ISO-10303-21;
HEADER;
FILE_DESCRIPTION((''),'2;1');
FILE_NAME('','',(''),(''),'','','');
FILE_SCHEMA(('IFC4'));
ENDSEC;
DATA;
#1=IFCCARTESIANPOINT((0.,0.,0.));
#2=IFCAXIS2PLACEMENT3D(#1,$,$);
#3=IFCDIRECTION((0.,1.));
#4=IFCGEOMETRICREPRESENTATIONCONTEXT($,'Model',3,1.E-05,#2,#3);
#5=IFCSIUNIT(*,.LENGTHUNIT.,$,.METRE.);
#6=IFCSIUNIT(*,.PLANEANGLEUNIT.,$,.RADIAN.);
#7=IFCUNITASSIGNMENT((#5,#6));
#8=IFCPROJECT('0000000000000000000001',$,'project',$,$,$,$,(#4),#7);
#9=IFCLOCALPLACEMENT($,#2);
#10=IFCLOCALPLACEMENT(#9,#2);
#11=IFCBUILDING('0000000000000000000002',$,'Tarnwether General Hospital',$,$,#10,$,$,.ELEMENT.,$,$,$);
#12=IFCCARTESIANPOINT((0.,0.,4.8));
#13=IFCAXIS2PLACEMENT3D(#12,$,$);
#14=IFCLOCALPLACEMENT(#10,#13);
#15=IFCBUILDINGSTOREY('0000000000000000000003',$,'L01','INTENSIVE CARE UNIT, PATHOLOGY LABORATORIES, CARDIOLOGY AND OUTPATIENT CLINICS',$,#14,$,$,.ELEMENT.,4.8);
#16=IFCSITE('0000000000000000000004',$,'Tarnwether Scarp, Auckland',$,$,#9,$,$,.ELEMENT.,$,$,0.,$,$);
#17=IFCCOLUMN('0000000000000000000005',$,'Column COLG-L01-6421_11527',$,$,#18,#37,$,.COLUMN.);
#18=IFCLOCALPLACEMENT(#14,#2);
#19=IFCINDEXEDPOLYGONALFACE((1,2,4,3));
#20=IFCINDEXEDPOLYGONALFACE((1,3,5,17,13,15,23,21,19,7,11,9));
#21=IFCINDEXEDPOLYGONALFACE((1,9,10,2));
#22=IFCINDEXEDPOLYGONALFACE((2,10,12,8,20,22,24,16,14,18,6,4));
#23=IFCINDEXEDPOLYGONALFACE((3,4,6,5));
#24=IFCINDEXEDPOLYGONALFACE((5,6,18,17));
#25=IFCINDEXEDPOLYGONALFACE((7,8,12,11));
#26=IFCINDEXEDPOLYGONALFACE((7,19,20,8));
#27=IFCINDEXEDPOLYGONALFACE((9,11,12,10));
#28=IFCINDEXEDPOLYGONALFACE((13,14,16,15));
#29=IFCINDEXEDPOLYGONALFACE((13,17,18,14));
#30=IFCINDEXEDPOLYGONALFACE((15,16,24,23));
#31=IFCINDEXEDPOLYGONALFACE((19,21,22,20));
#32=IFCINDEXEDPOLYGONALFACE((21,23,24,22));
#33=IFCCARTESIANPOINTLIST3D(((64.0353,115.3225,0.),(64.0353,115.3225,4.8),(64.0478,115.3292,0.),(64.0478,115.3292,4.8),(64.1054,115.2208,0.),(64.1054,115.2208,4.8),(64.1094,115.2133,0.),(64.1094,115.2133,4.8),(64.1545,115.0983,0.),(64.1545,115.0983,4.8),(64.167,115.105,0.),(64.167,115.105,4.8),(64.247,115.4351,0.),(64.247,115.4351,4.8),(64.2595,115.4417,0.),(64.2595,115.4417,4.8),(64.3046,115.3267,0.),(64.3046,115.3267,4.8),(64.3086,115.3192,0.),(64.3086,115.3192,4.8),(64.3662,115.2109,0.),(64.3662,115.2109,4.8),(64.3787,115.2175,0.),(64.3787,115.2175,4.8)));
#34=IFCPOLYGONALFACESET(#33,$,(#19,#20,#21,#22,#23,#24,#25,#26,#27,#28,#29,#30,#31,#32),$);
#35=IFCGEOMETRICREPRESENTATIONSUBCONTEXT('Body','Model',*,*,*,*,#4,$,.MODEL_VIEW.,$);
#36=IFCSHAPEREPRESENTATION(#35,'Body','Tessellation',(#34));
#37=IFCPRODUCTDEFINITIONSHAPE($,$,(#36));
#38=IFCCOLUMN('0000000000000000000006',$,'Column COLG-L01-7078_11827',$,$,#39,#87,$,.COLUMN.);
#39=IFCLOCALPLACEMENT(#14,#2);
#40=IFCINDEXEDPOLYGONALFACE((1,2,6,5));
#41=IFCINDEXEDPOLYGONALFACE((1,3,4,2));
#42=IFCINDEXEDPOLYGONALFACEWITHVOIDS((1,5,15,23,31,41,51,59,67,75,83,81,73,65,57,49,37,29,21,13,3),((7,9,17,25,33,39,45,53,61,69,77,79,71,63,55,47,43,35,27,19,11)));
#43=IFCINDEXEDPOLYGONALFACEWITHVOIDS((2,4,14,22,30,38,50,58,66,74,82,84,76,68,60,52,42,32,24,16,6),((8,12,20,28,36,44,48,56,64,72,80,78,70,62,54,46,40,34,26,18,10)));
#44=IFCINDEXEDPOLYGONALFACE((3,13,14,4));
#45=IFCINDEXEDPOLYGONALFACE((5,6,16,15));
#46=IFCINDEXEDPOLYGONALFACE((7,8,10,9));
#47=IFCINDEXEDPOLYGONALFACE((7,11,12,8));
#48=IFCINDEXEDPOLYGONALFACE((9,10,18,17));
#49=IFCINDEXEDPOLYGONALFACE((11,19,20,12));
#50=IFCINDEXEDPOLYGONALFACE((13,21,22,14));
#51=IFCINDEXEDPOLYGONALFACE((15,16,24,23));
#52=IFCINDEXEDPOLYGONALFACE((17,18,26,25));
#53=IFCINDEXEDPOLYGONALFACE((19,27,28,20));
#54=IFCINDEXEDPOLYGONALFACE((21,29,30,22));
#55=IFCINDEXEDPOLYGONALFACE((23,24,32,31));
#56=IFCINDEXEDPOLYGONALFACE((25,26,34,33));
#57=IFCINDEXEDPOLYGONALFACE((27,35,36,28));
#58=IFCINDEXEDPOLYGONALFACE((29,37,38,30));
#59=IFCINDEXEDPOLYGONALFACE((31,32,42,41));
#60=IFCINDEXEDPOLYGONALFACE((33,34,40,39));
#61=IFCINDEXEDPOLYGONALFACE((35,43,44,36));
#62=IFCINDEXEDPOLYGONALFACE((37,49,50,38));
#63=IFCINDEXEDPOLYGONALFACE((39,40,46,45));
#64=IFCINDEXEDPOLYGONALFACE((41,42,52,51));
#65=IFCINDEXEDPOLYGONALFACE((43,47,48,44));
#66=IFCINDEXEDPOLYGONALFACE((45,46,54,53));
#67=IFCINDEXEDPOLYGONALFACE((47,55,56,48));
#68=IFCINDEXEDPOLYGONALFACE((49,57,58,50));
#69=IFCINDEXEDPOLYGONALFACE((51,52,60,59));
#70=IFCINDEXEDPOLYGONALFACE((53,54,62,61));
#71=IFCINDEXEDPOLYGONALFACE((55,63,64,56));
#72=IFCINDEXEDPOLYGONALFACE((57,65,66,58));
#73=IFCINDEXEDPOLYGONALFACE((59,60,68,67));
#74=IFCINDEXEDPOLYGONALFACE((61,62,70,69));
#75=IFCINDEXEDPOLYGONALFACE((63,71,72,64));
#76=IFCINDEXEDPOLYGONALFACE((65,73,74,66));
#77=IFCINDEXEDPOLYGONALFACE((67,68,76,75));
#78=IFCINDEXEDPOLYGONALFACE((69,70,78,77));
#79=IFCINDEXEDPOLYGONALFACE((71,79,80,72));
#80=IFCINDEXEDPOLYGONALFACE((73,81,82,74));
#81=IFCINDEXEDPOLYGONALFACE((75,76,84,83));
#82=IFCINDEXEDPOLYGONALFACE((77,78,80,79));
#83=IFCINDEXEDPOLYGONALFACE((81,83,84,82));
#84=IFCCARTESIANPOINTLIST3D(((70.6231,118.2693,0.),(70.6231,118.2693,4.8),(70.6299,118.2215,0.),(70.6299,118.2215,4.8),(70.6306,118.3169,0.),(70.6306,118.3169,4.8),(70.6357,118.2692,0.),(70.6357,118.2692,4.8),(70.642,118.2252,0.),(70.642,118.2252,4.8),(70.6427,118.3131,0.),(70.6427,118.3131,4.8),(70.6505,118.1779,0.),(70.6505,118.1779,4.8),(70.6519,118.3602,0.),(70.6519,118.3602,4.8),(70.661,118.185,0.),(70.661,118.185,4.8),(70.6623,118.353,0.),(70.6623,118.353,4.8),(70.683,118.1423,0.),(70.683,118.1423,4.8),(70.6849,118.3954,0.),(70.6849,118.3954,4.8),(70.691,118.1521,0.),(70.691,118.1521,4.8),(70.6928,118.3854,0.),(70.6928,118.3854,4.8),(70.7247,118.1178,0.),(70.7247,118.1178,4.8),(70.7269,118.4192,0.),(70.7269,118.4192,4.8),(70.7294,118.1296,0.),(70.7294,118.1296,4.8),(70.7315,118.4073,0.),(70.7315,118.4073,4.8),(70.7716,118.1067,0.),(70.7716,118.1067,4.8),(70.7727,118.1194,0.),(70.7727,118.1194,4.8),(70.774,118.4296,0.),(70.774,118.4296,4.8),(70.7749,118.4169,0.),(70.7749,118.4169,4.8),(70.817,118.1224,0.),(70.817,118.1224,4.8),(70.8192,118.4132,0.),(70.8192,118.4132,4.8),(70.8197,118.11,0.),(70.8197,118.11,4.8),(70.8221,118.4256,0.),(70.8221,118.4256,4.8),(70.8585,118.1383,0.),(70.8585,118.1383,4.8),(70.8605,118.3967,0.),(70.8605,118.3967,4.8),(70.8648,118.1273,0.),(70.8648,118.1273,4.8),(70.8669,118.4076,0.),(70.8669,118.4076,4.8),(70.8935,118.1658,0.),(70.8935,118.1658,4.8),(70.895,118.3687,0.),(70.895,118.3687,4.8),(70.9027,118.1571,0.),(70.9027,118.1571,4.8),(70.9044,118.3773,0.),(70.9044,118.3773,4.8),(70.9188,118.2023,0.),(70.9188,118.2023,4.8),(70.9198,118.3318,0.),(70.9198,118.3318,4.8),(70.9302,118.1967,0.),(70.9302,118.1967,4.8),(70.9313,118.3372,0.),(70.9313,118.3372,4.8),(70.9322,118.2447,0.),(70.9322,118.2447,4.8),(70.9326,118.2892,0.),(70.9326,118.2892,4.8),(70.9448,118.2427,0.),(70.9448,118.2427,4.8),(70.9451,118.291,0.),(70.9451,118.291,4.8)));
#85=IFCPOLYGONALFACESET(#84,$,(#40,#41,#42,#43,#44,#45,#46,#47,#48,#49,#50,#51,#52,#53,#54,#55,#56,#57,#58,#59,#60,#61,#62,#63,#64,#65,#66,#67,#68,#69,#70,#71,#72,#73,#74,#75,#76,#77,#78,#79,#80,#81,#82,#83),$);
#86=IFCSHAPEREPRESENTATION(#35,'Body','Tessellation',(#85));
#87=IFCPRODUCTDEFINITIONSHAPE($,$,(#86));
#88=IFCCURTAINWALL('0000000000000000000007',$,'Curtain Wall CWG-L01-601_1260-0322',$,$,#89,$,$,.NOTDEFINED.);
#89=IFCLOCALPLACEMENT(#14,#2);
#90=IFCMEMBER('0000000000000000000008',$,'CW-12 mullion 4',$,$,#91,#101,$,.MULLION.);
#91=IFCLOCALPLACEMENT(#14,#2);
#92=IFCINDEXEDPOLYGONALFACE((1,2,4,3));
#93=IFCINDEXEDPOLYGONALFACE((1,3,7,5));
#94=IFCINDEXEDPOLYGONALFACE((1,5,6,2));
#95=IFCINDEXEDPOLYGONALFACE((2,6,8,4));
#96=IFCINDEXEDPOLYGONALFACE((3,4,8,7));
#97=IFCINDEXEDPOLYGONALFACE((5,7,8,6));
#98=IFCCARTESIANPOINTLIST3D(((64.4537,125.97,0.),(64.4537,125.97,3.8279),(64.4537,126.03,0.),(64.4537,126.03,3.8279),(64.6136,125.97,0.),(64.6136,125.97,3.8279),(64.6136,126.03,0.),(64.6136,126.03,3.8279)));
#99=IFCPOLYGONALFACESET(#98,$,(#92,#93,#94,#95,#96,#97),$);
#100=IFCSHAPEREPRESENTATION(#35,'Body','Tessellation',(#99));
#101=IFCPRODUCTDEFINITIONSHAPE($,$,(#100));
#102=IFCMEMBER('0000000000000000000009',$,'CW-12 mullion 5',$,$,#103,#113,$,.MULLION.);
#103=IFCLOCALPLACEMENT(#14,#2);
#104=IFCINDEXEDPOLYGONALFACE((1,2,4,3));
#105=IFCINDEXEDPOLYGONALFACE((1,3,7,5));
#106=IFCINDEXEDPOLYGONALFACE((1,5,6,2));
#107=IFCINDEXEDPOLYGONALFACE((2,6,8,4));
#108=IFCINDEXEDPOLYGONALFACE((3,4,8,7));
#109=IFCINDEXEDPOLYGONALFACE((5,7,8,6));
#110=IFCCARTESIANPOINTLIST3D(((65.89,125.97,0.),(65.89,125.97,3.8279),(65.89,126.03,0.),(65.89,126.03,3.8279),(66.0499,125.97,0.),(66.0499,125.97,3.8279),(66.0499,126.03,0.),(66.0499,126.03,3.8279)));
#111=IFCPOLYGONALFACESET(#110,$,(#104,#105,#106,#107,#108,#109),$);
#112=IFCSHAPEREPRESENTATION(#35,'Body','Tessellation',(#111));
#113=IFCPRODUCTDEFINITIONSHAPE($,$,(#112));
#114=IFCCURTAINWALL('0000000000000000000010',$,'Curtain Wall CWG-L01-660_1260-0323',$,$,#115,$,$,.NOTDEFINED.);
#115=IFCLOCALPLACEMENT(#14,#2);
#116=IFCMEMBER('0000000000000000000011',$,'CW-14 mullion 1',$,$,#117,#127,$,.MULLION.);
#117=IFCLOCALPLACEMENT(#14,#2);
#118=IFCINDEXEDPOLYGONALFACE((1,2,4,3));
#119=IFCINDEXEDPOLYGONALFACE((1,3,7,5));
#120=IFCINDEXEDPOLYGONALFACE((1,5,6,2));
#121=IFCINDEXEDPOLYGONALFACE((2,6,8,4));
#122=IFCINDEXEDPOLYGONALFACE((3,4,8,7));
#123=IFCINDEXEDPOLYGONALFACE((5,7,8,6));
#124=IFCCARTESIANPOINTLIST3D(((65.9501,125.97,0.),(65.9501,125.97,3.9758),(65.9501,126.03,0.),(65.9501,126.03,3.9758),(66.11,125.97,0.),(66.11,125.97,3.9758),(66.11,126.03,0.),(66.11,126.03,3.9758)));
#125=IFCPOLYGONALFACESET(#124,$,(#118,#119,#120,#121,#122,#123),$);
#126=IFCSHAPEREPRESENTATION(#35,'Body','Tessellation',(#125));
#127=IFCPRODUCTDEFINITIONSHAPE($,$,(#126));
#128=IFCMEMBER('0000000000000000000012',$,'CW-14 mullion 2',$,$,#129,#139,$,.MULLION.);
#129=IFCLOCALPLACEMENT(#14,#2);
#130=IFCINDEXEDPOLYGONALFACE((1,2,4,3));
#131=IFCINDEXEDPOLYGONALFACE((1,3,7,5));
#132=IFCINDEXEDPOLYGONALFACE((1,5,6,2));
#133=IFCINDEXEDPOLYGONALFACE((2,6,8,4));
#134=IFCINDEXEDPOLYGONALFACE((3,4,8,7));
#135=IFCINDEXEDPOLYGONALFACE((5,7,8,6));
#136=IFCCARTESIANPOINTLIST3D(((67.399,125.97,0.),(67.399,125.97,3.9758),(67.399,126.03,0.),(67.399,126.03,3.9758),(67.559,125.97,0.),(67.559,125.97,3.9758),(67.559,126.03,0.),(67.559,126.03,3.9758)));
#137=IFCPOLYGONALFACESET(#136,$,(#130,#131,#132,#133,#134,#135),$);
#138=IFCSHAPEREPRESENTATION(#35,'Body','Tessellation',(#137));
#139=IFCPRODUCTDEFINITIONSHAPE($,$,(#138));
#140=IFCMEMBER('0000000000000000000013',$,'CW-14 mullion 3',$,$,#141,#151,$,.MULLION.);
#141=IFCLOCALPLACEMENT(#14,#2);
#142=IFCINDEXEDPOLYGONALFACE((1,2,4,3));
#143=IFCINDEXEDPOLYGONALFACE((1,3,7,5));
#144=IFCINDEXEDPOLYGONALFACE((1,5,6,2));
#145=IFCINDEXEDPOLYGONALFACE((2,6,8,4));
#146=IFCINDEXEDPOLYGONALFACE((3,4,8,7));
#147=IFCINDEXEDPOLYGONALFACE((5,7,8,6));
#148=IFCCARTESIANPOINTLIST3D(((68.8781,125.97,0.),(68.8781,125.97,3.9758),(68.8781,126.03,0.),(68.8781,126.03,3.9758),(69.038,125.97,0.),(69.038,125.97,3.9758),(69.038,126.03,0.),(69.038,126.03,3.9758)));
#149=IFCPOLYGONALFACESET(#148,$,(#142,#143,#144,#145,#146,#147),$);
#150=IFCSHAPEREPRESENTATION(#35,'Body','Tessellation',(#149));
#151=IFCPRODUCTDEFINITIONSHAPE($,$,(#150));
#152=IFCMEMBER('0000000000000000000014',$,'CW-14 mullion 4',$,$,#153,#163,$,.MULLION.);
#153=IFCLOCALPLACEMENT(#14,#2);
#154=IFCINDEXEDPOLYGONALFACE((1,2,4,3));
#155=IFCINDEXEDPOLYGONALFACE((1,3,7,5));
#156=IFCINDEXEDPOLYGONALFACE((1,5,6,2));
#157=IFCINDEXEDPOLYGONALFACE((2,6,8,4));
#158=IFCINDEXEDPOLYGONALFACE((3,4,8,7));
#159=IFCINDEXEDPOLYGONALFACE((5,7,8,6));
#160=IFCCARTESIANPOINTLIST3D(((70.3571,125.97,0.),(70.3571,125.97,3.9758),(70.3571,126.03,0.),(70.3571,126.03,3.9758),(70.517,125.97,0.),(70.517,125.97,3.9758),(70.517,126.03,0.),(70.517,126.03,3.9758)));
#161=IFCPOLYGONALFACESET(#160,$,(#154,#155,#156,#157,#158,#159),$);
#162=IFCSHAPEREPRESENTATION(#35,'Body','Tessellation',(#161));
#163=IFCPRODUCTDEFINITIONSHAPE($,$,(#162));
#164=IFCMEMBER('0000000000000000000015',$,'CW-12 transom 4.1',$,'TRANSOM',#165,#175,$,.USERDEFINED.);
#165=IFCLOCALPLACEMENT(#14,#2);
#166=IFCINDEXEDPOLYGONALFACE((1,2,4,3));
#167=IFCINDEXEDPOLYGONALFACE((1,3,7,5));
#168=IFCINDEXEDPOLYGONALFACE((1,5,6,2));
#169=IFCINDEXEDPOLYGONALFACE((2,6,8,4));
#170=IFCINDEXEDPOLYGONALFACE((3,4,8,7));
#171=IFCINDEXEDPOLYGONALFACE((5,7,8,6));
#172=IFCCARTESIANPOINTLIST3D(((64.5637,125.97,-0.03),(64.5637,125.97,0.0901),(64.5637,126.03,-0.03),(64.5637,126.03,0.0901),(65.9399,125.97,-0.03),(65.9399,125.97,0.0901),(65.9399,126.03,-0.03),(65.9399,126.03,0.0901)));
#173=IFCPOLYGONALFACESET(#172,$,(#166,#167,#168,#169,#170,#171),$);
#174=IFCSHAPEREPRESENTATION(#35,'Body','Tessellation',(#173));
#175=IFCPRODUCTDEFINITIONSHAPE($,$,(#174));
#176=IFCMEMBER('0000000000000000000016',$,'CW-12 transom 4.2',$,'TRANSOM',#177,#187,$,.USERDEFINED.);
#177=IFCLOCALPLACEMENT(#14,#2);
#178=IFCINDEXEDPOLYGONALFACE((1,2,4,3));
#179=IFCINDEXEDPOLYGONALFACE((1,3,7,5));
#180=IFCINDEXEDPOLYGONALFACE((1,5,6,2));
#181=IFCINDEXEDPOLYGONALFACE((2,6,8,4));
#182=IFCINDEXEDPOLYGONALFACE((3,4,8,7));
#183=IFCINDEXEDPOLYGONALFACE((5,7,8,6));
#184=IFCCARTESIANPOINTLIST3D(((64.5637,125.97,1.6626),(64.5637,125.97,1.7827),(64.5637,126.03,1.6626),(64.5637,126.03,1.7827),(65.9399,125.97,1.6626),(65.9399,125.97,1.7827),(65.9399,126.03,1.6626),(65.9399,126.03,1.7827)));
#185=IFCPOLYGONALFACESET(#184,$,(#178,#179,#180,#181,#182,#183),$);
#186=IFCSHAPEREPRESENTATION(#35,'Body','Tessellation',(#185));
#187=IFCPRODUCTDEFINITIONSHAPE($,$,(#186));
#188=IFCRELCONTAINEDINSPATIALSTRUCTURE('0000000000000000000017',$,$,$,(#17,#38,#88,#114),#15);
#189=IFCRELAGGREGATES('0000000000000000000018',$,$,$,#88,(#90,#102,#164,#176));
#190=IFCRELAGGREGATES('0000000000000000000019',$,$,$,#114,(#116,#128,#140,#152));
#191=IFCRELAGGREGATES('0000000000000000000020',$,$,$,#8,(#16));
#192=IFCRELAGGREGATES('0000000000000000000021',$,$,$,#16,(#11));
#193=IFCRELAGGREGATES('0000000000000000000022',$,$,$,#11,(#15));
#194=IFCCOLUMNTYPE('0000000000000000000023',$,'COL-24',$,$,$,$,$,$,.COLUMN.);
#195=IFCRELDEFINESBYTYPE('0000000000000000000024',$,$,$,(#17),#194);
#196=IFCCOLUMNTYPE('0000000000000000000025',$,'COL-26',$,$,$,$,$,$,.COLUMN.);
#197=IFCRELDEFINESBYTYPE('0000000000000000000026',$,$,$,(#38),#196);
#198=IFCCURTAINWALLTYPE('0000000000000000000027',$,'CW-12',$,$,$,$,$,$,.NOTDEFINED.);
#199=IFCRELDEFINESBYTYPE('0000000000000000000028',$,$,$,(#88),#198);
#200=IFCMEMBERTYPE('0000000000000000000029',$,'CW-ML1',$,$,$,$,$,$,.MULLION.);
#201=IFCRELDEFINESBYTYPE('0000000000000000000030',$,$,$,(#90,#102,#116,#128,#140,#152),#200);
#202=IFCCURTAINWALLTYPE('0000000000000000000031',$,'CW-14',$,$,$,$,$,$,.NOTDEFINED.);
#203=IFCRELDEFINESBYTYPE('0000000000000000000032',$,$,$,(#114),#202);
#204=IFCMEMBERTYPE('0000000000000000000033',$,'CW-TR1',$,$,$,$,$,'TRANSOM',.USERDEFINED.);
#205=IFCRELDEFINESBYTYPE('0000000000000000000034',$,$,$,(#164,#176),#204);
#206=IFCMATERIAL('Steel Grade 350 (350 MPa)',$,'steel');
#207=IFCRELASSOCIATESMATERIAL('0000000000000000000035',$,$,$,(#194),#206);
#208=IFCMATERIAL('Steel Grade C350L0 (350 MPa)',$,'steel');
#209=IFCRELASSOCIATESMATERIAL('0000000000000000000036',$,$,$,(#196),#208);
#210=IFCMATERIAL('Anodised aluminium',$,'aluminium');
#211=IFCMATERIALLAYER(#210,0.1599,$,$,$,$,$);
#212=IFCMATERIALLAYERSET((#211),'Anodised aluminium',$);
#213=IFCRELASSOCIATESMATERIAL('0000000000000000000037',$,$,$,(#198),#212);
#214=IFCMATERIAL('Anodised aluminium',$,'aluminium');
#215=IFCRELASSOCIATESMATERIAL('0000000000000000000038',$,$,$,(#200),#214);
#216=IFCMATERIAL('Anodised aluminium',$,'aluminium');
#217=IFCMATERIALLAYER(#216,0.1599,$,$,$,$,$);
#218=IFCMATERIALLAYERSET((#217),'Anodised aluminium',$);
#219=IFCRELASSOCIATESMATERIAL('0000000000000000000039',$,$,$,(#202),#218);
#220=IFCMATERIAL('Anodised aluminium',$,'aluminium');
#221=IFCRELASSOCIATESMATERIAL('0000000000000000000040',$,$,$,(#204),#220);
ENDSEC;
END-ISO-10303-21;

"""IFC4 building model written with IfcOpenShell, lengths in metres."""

from ifc_helpers import new_model, si_unit, direction, frame, origin, origin_2d, place, context, subcontext, project, spatial, rectangle, hollow_circle, i_section, extrude, material, layer, layer_set, material_profile, profile_set, type_object, element, aggregate, save


model = new_model("IFC4")

# Units and contexts
model_context = context("Model", 3, precision=1e-05, world=origin(), true_north=direction((0.0, 1.0)))
body_context = subcontext(model_context, "Body", "Model", "MODEL_VIEW")
ifc_project = project(units=[si_unit("LENGTHUNIT", "METRE"), si_unit("PLANEANGLEUNIT", "RADIAN")], contexts=[model_context])

# Site, building, storey
site_placement = place(None, origin())
site = spatial("IfcSite", under=ifc_project, at=site_placement, Name="Tarnwether Scarp, Auckland", CompositionType="ELEMENT", RefElevation=0.0)
building_placement = place(site_placement, origin())
building = spatial("IfcBuilding", under=site, at=building_placement, Name="Tarnwether General Hospital", CompositionType="ELEMENT")
storey_placement = place(building_placement, frame((0.0, 0.0, 4.8)))
storey = spatial("IfcBuildingStorey", under=building, at=storey_placement, Name="L01", Description="INTENSIVE CARE UNIT, PATHOLOGY LABORATORIES, CARDIOLOGY AND OUTPATIENT CLINICS", CompositionType="ELEMENT", Elevation=4.8)

# Columns
ifc_material_1 = material(Name="Steel Grade 350 (350 MPa)", Category="steel")
ifc_material_profile_1 = material_profile(ifc_material_1, i_section(OverallWidth=0.2539, OverallDepth=0.2539, WebThickness=0.0085, FlangeThickness=0.0142, at=origin_2d()), Name="250UC72.9")
ifc_profile_set_1 = profile_set([ifc_material_profile_1], Name="Steel Grade 350 (350 MPa)")
column_type_1 = type_object("IfcColumnType", Name="COL-24", PredefinedType="COLUMN", material=ifc_profile_set_1)
column_1_placement = place(storey_placement, frame((64.207, 115.27, 0.0), z_axis=(0.0, 0.0, 1.0), x_axis=(-0.469472, 0.882948, 0.0)))
element("IfcColumn", 1, at=column_1_placement, inside=storey, type_object=column_type_1, Name="Column COLG-L01-6421_11527", PredefinedType="COLUMN", context=body_context, shape_type="SweptSolid", body=[
    extrude(i_section(OverallWidth=0.2539, OverallDepth=0.2539, WebThickness=0.0085, FlangeThickness=0.0142, at=origin_2d()), origin(), (0.0, 0.0, 1.0), 4.8),
])
ifc_material_2 = material(Name="Steel Grade C350L0 (350 MPa)", Category="steel")
ifc_material_profile_2 = material_profile(ifc_material_2, hollow_circle(Radius=0.1619, WallThickness=0.0127, at=origin_2d()), Name="CHS323.9x12.7")
ifc_profile_set_2 = profile_set([ifc_material_profile_2], Name="Steel Grade C350L0 (350 MPa)")
column_type_2 = type_object("IfcColumnType", Name="COL-26", PredefinedType="COLUMN", material=ifc_profile_set_2)
column_2_placement = place(storey_placement, frame((70.7849, 118.2681, 0.0), z_axis=(0.0, 0.0, 1.0), x_axis=(-0.358368, 0.93358, 0.0)))
element("IfcColumn", 2, at=column_2_placement, inside=storey, type_object=column_type_2, Name="Column COLG-L01-7078_11827", PredefinedType="COLUMN", context=body_context, shape_type="SweptSolid", body=[
    extrude(hollow_circle(Radius=0.1619, WallThickness=0.0127, at=origin_2d()), origin(), (0.0, 0.0, 1.0), 4.8),
])

# Curtain walls, members
ifc_material_3 = material(Name="Anodised aluminium", Category="aluminium")
ifc_layer_1 = layer(ifc_material_3, 0.1599)
ifc_layer_set_1 = layer_set([ifc_layer_1], Name="Anodised aluminium")
curtain_wall_type_1 = type_object("IfcCurtainWallType", Name="CW-12", PredefinedType="NOTDEFINED", material=ifc_layer_set_1)
curtain_wall_1_placement = place(storey_placement, origin())
curtain_wall_1 = element("IfcCurtainWall", 3, at=curtain_wall_1_placement, inside=storey, type_object=curtain_wall_type_1, Name="Curtain Wall CWG-L01-601_1260-0322", PredefinedType="NOTDEFINED")
ifc_material_4 = material(Name="Anodised aluminium", Category="aluminium")
ifc_material_profile_3 = material_profile(ifc_material_4, rectangle(XDim=0.0601, YDim=0.1599, at=origin_2d()), Name="ALU-MUL-60x160")
ifc_profile_set_3 = profile_set([ifc_material_profile_3], Name="Anodised aluminium")
member_type_1 = type_object("IfcMemberType", Name="CW-ML1", PredefinedType="MULLION", material=ifc_profile_set_3)
member_1_placement = place(storey_placement, frame((64.5337, 126.0, 0.0), z_axis=(0.0, 0.0, 1.0), x_axis=(0.0, 1.0, 0.0)))
member_1 = element("IfcMember", 4, at=member_1_placement, type_object=member_type_1, Name="CW-12 mullion 4", PredefinedType="MULLION", context=body_context, shape_type="SweptSolid", body=[
    extrude(rectangle(XDim=0.0601, YDim=0.1599, at=origin_2d()), origin(), (0.0, 0.0, 1.0), 3.8279),
])
member_2_placement = place(storey_placement, frame((65.97, 126.0, 0.0), z_axis=(0.0, 0.0, 1.0), x_axis=(0.0, 1.0, 0.0)))
member_2 = element("IfcMember", 5, at=member_2_placement, type_object=member_type_1, Name="CW-12 mullion 5", PredefinedType="MULLION", context=body_context, shape_type="SweptSolid", body=[
    extrude(rectangle(XDim=0.0601, YDim=0.1599, at=origin_2d()), origin(), (0.0, 0.0, 1.0), 3.8279),
])
ifc_material_5 = material(Name="Anodised aluminium", Category="aluminium")
ifc_layer_2 = layer(ifc_material_5, 0.1599)
ifc_layer_set_2 = layer_set([ifc_layer_2], Name="Anodised aluminium")
curtain_wall_type_2 = type_object("IfcCurtainWallType", Name="CW-14", PredefinedType="NOTDEFINED", material=ifc_layer_set_2)
curtain_wall_2_placement = place(storey_placement, origin())
curtain_wall_2 = element("IfcCurtainWall", 6, at=curtain_wall_2_placement, inside=storey, type_object=curtain_wall_type_2, Name="Curtain Wall CWG-L01-660_1260-0323", PredefinedType="NOTDEFINED")
member_3_placement = place(storey_placement, frame((66.03, 126.0, 0.0), z_axis=(0.0, 0.0, 1.0), x_axis=(0.0, 1.0, 0.0)))
member_3 = element("IfcMember", 7, at=member_3_placement, type_object=member_type_1, Name="CW-14 mullion 1", PredefinedType="MULLION", context=body_context, shape_type="SweptSolid", body=[
    extrude(rectangle(XDim=0.0601, YDim=0.1599, at=origin_2d()), origin(), (0.0, 0.0, 1.0), 3.9758),
])
member_4_placement = place(storey_placement, frame((67.479, 126.0, 0.0), z_axis=(0.0, 0.0, 1.0), x_axis=(0.0, 1.0, 0.0)))
member_4 = element("IfcMember", 8, at=member_4_placement, type_object=member_type_1, Name="CW-14 mullion 2", PredefinedType="MULLION", context=body_context, shape_type="SweptSolid", body=[
    extrude(rectangle(XDim=0.0601, YDim=0.1599, at=origin_2d()), origin(), (0.0, 0.0, 1.0), 3.9758),
])
member_5_placement = place(storey_placement, frame((68.958, 126.0, 0.0), z_axis=(0.0, 0.0, 1.0), x_axis=(0.0, 1.0, 0.0)))
member_5 = element("IfcMember", 9, at=member_5_placement, type_object=member_type_1, Name="CW-14 mullion 3", PredefinedType="MULLION", context=body_context, shape_type="SweptSolid", body=[
    extrude(rectangle(XDim=0.0601, YDim=0.1599, at=origin_2d()), origin(), (0.0, 0.0, 1.0), 3.9758),
])
member_6_placement = place(storey_placement, frame((70.437, 126.0, 0.0), z_axis=(0.0, 0.0, 1.0), x_axis=(0.0, 1.0, 0.0)))
member_6 = element("IfcMember", 10, at=member_6_placement, type_object=member_type_1, Name="CW-14 mullion 4", PredefinedType="MULLION", context=body_context, shape_type="SweptSolid", body=[
    extrude(rectangle(XDim=0.0601, YDim=0.1599, at=origin_2d()), origin(), (0.0, 0.0, 1.0), 3.9758),
])

# Members
ifc_material_6 = material(Name="Anodised aluminium", Category="aluminium")
ifc_material_profile_4 = material_profile(ifc_material_6, rectangle(XDim=0.0601, YDim=0.1201, at=origin_2d()), Name="ALU-TRN-60x120")
ifc_profile_set_4 = profile_set([ifc_material_profile_4], Name="Anodised aluminium")
member_type_2 = type_object("IfcMemberType", Name="CW-TR1", ElementType="TRANSOM", PredefinedType="USERDEFINED", material=ifc_profile_set_4)
member_7_placement = place(storey_placement, frame((64.5637, 126.0, 0.03), z_axis=(1.0, 0.0, 0.0), x_axis=(0.0, 1.0, 0.0)))
member_7 = element("IfcMember", 11, at=member_7_placement, type_object=member_type_2, Name="CW-12 transom 4.1", ObjectType="TRANSOM", PredefinedType="USERDEFINED", context=body_context, shape_type="SweptSolid", body=[
    extrude(rectangle(XDim=0.0601, YDim=0.1201, at=origin_2d()), origin(), (0.0, 0.0, 1.0), 1.3762),
])
member_8_placement = place(storey_placement, frame((64.5637, 126.0, 1.7227), z_axis=(1.0, 0.0, 0.0), x_axis=(0.0, 1.0, 0.0)))
member_8 = element("IfcMember", 12, at=member_8_placement, type_object=member_type_2, Name="CW-12 transom 4.2", ObjectType="TRANSOM", PredefinedType="USERDEFINED", context=body_context, shape_type="SweptSolid", body=[
    extrude(rectangle(XDim=0.0601, YDim=0.1201, at=origin_2d()), origin(), (0.0, 0.0, 1.0), 1.3762),
])

aggregate(curtain_wall_1, [member_1, member_2, member_7, member_8])
aggregate(curtain_wall_2, [member_3, member_4, member_5, member_6])

save(model, "model.ifc")
